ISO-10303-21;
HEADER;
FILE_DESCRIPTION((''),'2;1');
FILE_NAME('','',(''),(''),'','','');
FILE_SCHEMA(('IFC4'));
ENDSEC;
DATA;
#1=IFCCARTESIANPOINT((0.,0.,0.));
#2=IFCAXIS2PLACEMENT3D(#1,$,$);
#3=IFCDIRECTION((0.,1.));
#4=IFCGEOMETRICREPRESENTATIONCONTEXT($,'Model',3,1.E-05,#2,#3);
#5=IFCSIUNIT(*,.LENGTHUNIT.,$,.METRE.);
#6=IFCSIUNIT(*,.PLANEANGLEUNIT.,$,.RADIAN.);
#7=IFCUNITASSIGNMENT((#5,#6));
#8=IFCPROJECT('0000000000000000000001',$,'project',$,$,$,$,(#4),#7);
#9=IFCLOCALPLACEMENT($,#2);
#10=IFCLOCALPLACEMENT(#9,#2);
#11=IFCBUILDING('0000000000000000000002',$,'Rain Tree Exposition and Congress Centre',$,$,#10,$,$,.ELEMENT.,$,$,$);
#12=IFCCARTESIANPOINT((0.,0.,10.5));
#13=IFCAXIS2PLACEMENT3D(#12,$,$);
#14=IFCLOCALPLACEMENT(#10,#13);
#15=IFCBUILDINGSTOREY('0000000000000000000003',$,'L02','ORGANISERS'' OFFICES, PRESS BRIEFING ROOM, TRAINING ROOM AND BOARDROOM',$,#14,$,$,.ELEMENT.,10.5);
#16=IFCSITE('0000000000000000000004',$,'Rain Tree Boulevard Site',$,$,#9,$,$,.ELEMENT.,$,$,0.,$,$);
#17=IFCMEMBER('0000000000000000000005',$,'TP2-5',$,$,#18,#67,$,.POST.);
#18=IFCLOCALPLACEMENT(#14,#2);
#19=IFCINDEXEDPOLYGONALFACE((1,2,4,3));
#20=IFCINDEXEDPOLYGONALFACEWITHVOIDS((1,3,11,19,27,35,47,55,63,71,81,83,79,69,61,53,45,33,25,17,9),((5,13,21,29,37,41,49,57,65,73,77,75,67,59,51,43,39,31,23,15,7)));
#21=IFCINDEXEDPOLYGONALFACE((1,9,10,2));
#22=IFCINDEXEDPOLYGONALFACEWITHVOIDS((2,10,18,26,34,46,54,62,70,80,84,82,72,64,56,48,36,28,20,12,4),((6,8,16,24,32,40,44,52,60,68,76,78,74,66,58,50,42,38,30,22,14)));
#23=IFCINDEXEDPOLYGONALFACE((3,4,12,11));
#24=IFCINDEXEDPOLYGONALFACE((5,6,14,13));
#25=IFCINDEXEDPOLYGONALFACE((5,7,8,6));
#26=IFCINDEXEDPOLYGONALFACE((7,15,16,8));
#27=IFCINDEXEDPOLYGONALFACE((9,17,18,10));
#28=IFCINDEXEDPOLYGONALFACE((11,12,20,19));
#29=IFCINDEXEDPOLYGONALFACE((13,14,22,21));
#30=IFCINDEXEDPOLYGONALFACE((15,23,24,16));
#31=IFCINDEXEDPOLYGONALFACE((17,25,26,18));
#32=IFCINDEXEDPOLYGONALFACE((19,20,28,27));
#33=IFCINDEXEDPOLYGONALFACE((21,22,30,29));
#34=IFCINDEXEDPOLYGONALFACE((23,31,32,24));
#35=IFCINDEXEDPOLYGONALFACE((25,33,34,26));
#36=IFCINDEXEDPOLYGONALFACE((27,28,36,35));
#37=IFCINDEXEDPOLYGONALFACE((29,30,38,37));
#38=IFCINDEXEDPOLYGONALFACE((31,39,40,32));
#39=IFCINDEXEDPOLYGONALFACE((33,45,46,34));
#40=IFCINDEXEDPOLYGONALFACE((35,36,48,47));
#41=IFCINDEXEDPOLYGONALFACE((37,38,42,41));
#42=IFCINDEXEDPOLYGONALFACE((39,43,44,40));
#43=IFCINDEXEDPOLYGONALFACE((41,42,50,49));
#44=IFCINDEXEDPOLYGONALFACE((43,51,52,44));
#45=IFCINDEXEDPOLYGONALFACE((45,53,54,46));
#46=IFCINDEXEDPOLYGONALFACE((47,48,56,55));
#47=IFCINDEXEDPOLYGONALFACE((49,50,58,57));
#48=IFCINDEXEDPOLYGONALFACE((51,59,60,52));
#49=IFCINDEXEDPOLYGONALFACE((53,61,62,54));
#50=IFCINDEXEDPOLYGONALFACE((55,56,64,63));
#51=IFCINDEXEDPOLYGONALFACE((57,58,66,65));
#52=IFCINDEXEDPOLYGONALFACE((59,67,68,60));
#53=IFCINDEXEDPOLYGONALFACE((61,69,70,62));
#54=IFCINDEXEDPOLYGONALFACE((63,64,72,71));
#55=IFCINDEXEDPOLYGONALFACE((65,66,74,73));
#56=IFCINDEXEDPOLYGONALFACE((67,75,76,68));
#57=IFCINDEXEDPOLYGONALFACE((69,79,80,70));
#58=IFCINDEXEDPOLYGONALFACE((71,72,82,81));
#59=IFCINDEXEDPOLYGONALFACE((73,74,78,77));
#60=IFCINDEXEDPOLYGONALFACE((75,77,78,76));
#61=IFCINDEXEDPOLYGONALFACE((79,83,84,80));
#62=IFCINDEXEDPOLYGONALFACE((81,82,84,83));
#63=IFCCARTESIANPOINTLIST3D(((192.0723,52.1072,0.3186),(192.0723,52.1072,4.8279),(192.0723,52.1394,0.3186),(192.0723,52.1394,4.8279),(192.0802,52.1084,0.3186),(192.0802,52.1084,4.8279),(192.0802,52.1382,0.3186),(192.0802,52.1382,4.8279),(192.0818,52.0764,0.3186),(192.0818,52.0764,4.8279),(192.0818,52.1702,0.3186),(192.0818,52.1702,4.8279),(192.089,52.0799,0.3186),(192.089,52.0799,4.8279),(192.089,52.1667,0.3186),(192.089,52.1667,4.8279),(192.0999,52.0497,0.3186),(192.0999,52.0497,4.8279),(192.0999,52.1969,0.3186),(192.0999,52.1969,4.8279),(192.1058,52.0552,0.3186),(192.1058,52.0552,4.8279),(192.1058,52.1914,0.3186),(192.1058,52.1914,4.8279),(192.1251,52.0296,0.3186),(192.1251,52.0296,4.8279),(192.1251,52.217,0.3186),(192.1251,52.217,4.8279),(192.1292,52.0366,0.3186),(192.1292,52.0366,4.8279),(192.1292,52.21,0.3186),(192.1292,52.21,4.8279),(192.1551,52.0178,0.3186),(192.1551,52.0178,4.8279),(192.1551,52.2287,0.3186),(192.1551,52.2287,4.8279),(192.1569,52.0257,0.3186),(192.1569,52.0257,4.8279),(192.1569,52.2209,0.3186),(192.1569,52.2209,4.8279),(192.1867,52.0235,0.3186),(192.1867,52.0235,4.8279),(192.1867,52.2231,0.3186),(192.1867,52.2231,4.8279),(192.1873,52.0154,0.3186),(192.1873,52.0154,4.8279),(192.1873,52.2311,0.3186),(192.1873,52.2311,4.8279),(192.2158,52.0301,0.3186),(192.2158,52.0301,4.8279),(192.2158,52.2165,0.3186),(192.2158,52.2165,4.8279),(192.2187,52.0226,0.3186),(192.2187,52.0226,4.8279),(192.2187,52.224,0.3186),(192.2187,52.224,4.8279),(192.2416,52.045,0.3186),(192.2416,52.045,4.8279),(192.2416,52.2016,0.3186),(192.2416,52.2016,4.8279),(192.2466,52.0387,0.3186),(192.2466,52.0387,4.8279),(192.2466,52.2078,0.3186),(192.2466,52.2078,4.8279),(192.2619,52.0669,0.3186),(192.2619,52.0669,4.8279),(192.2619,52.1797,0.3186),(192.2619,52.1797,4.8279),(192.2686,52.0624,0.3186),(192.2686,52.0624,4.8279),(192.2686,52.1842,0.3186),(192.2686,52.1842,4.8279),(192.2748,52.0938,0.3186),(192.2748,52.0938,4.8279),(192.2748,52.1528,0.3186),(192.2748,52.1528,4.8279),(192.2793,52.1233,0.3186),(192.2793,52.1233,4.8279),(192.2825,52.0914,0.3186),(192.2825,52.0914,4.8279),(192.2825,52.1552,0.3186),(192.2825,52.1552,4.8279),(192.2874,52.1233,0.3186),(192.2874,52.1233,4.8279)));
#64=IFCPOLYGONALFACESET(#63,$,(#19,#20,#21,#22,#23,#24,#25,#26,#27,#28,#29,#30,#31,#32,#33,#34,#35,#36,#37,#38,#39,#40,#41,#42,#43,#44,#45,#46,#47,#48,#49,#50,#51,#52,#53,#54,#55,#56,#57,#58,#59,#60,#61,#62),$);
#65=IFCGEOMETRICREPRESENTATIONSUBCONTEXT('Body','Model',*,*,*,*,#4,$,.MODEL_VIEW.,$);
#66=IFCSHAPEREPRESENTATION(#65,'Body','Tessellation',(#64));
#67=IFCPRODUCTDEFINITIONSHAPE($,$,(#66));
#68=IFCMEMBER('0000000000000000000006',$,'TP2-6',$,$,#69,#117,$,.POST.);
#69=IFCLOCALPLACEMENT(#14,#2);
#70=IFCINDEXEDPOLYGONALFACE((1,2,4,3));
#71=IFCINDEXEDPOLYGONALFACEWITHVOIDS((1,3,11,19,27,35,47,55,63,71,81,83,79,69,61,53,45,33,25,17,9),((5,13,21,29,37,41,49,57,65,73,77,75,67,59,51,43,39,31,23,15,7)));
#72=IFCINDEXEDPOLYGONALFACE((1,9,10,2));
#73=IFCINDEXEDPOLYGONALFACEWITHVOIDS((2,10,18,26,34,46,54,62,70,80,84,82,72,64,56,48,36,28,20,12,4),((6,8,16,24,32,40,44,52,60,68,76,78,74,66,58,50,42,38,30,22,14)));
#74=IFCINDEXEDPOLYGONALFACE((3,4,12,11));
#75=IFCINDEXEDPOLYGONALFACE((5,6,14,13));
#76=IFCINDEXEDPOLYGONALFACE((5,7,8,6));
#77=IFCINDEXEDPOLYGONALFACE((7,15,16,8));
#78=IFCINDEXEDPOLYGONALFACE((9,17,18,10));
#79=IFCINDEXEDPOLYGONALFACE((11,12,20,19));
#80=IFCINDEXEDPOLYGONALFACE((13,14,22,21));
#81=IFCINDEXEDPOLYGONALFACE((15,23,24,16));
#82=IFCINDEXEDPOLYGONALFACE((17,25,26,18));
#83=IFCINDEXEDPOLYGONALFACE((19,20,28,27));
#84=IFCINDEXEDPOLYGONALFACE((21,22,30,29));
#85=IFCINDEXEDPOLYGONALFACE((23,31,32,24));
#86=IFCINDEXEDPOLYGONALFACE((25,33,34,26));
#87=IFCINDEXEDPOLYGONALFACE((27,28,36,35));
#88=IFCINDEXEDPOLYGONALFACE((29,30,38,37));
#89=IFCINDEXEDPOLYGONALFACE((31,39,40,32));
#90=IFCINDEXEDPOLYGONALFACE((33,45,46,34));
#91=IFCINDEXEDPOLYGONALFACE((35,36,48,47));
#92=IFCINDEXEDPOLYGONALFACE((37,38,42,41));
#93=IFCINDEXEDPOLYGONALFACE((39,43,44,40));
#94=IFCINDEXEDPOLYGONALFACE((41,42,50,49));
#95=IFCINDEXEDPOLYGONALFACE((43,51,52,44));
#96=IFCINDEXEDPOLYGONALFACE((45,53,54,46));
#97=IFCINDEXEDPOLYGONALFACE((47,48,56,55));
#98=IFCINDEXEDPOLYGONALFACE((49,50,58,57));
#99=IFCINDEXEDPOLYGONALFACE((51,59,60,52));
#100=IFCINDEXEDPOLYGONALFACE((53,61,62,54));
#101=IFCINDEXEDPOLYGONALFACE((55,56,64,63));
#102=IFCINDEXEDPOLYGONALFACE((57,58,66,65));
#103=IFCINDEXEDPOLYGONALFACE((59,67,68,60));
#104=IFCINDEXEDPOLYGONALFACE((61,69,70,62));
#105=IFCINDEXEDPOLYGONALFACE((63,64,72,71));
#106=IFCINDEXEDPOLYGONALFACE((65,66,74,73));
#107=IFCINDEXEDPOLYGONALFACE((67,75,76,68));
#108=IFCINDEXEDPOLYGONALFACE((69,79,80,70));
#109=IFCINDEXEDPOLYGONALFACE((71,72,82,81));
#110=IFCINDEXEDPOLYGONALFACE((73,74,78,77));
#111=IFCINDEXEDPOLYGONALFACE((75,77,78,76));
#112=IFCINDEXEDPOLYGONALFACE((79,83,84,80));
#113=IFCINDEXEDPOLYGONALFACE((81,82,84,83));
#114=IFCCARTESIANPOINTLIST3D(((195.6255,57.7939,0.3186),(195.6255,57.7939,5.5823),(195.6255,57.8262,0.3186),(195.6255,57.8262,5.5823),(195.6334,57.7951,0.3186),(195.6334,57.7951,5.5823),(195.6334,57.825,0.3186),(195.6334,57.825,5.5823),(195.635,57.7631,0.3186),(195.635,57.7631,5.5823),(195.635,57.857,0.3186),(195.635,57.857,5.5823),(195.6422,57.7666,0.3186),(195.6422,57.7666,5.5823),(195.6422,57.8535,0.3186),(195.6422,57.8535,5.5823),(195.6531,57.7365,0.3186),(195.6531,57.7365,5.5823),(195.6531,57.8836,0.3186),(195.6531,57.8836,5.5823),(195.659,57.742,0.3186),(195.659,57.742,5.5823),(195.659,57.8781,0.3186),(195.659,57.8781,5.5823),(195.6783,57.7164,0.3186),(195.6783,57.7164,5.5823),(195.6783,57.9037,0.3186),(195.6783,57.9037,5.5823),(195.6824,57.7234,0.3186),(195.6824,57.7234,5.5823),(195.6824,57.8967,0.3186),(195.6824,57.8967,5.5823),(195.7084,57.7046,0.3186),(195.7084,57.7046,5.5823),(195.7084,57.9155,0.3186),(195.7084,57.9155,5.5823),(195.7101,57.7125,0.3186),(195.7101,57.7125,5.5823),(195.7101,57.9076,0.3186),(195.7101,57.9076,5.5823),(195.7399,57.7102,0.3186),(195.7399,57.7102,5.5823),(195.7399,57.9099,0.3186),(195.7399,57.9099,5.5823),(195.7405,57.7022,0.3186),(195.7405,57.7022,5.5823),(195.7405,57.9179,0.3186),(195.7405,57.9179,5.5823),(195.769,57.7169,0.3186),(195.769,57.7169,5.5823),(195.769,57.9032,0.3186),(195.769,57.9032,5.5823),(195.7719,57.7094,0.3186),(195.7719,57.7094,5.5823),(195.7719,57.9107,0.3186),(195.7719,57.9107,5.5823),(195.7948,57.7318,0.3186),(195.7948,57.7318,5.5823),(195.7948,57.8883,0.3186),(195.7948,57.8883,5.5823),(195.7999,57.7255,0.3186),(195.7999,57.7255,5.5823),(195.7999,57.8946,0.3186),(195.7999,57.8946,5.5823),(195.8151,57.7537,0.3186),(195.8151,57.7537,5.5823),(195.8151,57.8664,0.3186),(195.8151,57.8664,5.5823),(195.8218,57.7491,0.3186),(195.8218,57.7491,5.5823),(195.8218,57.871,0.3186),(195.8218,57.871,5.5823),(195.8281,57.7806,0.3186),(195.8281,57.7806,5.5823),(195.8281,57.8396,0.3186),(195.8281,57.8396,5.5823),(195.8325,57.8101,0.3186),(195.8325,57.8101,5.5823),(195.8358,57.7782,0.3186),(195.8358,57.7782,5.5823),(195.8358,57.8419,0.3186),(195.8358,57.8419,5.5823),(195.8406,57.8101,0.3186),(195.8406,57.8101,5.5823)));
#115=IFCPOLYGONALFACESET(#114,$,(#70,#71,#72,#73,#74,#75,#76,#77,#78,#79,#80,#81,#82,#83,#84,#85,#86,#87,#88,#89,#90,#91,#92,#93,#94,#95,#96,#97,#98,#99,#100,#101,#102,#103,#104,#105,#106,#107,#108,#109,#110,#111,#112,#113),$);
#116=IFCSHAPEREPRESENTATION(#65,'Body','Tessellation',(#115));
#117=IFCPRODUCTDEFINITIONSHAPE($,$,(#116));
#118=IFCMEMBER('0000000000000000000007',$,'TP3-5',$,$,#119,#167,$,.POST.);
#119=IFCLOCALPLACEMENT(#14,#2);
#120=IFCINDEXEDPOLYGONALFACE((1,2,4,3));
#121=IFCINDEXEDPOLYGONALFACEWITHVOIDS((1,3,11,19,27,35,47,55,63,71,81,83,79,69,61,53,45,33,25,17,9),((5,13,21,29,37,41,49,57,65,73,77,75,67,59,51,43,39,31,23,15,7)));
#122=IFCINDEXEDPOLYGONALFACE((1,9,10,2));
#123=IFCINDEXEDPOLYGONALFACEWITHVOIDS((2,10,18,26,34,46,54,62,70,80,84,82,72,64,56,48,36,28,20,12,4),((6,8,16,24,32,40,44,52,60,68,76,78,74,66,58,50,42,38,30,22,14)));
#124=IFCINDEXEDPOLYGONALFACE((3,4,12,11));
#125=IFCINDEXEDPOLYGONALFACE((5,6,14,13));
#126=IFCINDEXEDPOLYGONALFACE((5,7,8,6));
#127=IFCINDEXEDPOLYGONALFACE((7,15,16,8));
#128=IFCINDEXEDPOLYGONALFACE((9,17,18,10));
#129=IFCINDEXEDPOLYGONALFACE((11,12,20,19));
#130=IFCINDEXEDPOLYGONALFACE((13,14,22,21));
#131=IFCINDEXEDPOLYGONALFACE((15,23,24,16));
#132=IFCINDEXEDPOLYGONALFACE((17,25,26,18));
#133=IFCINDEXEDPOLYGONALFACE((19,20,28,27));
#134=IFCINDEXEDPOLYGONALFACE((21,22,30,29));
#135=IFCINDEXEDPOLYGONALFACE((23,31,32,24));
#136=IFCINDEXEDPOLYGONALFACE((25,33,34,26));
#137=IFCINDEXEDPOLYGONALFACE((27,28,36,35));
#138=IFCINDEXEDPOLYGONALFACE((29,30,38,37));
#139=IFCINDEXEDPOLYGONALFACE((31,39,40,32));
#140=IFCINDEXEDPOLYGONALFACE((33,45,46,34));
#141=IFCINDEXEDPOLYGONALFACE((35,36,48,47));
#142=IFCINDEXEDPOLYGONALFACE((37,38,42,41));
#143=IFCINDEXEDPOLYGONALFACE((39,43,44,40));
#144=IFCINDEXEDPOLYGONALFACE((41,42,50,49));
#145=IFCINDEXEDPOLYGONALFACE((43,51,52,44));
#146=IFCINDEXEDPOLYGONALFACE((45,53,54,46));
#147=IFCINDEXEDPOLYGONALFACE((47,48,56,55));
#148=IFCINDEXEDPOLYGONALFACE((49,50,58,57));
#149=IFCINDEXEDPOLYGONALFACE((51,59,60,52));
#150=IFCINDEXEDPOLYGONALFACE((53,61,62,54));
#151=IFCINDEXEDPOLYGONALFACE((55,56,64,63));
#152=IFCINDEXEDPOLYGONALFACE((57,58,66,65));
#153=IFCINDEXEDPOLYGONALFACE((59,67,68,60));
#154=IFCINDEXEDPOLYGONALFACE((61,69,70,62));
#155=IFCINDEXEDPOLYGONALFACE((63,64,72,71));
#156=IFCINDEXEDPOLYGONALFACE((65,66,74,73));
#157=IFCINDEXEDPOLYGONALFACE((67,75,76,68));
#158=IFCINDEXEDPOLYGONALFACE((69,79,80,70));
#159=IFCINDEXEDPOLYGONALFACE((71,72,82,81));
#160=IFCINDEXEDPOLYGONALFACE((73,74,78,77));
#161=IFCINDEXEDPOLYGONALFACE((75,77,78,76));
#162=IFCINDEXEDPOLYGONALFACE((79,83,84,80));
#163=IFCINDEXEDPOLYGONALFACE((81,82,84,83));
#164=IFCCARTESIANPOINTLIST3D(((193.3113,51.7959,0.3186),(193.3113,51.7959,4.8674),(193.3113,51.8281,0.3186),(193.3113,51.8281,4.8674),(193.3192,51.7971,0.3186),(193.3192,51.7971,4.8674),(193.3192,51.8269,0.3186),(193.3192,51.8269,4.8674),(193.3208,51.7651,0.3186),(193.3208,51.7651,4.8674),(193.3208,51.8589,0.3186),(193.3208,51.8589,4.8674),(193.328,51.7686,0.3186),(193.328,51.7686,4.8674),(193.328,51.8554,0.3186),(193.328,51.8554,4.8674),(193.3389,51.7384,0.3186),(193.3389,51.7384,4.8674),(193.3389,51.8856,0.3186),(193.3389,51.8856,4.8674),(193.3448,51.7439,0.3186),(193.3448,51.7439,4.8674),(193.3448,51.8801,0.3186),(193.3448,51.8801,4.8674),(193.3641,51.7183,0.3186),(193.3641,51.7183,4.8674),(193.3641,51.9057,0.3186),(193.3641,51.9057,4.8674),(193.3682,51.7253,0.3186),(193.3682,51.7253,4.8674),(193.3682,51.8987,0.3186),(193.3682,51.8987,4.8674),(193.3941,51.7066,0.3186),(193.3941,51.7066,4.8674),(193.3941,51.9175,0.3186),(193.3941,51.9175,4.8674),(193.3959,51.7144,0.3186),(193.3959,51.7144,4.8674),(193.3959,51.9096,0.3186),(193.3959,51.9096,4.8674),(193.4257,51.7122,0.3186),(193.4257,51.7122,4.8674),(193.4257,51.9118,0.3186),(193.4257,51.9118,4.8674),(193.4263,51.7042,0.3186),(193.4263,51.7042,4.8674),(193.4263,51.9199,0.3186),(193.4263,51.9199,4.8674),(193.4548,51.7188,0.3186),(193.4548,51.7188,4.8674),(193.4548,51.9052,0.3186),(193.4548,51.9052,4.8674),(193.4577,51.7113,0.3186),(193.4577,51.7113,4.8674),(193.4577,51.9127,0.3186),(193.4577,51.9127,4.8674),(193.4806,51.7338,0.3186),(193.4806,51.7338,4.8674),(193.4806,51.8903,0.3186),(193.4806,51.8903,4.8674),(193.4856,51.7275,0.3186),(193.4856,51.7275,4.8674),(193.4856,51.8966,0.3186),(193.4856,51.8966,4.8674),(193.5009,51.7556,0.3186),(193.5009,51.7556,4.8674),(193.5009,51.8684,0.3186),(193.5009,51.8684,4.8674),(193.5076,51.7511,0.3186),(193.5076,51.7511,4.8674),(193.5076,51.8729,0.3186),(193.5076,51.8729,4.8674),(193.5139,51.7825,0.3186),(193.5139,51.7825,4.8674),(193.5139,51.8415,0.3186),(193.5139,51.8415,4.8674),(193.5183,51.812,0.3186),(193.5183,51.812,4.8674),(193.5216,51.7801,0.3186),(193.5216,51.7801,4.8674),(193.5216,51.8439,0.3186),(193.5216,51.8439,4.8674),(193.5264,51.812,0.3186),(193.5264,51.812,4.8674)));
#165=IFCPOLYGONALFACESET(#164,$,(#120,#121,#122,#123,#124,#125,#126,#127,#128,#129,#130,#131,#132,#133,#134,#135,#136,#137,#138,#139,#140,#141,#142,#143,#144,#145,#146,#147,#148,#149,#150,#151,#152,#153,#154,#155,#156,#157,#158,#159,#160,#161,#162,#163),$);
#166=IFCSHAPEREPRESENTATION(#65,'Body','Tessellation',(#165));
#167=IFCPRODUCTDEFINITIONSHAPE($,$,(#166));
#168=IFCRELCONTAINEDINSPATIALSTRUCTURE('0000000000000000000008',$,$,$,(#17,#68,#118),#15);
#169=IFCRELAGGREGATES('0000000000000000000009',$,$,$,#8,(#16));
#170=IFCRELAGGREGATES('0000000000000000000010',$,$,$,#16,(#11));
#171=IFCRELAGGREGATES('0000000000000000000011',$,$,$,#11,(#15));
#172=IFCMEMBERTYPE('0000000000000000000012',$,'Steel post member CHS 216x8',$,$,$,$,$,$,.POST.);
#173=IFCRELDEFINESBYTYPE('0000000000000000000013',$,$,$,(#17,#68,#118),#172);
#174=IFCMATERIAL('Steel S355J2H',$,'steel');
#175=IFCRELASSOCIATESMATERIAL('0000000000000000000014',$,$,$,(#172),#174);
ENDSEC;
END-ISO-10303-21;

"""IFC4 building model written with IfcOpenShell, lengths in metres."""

from ifc_helpers import new_model, si_unit, direction, frame, origin, origin_2d, place, context, subcontext, project, spatial, hollow_circle, extrude, material, material_profile, profile_set, type_object, element, save


model = new_model("IFC4")

# Units and contexts
model_context = context("Model", 3, precision=1e-05, world=origin(), true_north=direction((0.0, 1.0)))
body_context = subcontext(model_context, "Body", "Model", "MODEL_VIEW")
ifc_project = project(units=[si_unit("LENGTHUNIT", "METRE"), si_unit("PLANEANGLEUNIT", "RADIAN")], contexts=[model_context])

# Site, building, storey
site_placement = place(None, origin())
site = spatial("IfcSite", under=ifc_project, at=site_placement, Name="Rain Tree Boulevard Site", CompositionType="ELEMENT", RefElevation=0.0)
building_placement = place(site_placement, origin())
building = spatial("IfcBuilding", under=site, at=building_placement, Name="Rain Tree Exposition and Congress Centre", CompositionType="ELEMENT")
storey_placement = place(building_placement, frame((0.0, 0.0, 10.5)))
storey = spatial("IfcBuildingStorey", under=building, at=storey_placement, Name="L02", Description="ORGANISERS' OFFICES, PRESS BRIEFING ROOM, TRAINING ROOM AND BOARDROOM", CompositionType="ELEMENT", Elevation=10.5)

# Members
ifc_material_1 = material(Name="Steel S355J2H", Category="steel")
ifc_material_profile_1 = material_profile(ifc_material_1, hollow_circle(Radius=0.1082, WallThickness=0.0081, at=origin_2d()), Name="CHS 216x8")
ifc_profile_set_1 = profile_set([ifc_material_profile_1], Name="Steel S355J2H")
member_type_1 = type_object("IfcMemberType", Name="Steel post member CHS 216x8", PredefinedType="POST", material=ifc_profile_set_1)
member_1_placement = place(storey_placement, frame((192.1792, 52.1233, 0.3186), z_axis=(0.0, 0.0, 1.0), x_axis=(1.0, 0.0, 0.0)))
element("IfcMember", 1, at=member_1_placement, inside=storey, type_object=member_type_1, Name="TP2-5", PredefinedType="POST", context=body_context, shape_type="SweptSolid", body=[
    extrude(hollow_circle(Radius=0.1082, WallThickness=0.0081, at=origin_2d()), origin(), (0.0, 0.0, 1.0), 4.5093),
])
member_2_placement = place(storey_placement, frame((195.7324, 57.8101, 0.3186), z_axis=(0.0, 0.0, 1.0), x_axis=(1.0, 0.0, 0.0)))
element("IfcMember", 2, at=member_2_placement, inside=storey, type_object=member_type_1, Name="TP2-6", PredefinedType="POST", context=body_context, shape_type="SweptSolid", body=[
    extrude(hollow_circle(Radius=0.1082, WallThickness=0.0081, at=origin_2d()), origin(), (0.0, 0.0, 1.0), 5.2637),
])
member_3_placement = place(storey_placement, frame((193.4182, 51.812, 0.3186), z_axis=(0.0, 0.0, 1.0), x_axis=(1.0, 0.0, 0.0)))
element("IfcMember", 3, at=member_3_placement, inside=storey, type_object=member_type_1, Name="TP3-5", PredefinedType="POST", context=body_context, shape_type="SweptSolid", body=[
    extrude(hollow_circle(Radius=0.1082, WallThickness=0.0081, at=origin_2d()), origin(), (0.0, 0.0, 1.0), 4.5488),
])

save(model, "model.ifc")
